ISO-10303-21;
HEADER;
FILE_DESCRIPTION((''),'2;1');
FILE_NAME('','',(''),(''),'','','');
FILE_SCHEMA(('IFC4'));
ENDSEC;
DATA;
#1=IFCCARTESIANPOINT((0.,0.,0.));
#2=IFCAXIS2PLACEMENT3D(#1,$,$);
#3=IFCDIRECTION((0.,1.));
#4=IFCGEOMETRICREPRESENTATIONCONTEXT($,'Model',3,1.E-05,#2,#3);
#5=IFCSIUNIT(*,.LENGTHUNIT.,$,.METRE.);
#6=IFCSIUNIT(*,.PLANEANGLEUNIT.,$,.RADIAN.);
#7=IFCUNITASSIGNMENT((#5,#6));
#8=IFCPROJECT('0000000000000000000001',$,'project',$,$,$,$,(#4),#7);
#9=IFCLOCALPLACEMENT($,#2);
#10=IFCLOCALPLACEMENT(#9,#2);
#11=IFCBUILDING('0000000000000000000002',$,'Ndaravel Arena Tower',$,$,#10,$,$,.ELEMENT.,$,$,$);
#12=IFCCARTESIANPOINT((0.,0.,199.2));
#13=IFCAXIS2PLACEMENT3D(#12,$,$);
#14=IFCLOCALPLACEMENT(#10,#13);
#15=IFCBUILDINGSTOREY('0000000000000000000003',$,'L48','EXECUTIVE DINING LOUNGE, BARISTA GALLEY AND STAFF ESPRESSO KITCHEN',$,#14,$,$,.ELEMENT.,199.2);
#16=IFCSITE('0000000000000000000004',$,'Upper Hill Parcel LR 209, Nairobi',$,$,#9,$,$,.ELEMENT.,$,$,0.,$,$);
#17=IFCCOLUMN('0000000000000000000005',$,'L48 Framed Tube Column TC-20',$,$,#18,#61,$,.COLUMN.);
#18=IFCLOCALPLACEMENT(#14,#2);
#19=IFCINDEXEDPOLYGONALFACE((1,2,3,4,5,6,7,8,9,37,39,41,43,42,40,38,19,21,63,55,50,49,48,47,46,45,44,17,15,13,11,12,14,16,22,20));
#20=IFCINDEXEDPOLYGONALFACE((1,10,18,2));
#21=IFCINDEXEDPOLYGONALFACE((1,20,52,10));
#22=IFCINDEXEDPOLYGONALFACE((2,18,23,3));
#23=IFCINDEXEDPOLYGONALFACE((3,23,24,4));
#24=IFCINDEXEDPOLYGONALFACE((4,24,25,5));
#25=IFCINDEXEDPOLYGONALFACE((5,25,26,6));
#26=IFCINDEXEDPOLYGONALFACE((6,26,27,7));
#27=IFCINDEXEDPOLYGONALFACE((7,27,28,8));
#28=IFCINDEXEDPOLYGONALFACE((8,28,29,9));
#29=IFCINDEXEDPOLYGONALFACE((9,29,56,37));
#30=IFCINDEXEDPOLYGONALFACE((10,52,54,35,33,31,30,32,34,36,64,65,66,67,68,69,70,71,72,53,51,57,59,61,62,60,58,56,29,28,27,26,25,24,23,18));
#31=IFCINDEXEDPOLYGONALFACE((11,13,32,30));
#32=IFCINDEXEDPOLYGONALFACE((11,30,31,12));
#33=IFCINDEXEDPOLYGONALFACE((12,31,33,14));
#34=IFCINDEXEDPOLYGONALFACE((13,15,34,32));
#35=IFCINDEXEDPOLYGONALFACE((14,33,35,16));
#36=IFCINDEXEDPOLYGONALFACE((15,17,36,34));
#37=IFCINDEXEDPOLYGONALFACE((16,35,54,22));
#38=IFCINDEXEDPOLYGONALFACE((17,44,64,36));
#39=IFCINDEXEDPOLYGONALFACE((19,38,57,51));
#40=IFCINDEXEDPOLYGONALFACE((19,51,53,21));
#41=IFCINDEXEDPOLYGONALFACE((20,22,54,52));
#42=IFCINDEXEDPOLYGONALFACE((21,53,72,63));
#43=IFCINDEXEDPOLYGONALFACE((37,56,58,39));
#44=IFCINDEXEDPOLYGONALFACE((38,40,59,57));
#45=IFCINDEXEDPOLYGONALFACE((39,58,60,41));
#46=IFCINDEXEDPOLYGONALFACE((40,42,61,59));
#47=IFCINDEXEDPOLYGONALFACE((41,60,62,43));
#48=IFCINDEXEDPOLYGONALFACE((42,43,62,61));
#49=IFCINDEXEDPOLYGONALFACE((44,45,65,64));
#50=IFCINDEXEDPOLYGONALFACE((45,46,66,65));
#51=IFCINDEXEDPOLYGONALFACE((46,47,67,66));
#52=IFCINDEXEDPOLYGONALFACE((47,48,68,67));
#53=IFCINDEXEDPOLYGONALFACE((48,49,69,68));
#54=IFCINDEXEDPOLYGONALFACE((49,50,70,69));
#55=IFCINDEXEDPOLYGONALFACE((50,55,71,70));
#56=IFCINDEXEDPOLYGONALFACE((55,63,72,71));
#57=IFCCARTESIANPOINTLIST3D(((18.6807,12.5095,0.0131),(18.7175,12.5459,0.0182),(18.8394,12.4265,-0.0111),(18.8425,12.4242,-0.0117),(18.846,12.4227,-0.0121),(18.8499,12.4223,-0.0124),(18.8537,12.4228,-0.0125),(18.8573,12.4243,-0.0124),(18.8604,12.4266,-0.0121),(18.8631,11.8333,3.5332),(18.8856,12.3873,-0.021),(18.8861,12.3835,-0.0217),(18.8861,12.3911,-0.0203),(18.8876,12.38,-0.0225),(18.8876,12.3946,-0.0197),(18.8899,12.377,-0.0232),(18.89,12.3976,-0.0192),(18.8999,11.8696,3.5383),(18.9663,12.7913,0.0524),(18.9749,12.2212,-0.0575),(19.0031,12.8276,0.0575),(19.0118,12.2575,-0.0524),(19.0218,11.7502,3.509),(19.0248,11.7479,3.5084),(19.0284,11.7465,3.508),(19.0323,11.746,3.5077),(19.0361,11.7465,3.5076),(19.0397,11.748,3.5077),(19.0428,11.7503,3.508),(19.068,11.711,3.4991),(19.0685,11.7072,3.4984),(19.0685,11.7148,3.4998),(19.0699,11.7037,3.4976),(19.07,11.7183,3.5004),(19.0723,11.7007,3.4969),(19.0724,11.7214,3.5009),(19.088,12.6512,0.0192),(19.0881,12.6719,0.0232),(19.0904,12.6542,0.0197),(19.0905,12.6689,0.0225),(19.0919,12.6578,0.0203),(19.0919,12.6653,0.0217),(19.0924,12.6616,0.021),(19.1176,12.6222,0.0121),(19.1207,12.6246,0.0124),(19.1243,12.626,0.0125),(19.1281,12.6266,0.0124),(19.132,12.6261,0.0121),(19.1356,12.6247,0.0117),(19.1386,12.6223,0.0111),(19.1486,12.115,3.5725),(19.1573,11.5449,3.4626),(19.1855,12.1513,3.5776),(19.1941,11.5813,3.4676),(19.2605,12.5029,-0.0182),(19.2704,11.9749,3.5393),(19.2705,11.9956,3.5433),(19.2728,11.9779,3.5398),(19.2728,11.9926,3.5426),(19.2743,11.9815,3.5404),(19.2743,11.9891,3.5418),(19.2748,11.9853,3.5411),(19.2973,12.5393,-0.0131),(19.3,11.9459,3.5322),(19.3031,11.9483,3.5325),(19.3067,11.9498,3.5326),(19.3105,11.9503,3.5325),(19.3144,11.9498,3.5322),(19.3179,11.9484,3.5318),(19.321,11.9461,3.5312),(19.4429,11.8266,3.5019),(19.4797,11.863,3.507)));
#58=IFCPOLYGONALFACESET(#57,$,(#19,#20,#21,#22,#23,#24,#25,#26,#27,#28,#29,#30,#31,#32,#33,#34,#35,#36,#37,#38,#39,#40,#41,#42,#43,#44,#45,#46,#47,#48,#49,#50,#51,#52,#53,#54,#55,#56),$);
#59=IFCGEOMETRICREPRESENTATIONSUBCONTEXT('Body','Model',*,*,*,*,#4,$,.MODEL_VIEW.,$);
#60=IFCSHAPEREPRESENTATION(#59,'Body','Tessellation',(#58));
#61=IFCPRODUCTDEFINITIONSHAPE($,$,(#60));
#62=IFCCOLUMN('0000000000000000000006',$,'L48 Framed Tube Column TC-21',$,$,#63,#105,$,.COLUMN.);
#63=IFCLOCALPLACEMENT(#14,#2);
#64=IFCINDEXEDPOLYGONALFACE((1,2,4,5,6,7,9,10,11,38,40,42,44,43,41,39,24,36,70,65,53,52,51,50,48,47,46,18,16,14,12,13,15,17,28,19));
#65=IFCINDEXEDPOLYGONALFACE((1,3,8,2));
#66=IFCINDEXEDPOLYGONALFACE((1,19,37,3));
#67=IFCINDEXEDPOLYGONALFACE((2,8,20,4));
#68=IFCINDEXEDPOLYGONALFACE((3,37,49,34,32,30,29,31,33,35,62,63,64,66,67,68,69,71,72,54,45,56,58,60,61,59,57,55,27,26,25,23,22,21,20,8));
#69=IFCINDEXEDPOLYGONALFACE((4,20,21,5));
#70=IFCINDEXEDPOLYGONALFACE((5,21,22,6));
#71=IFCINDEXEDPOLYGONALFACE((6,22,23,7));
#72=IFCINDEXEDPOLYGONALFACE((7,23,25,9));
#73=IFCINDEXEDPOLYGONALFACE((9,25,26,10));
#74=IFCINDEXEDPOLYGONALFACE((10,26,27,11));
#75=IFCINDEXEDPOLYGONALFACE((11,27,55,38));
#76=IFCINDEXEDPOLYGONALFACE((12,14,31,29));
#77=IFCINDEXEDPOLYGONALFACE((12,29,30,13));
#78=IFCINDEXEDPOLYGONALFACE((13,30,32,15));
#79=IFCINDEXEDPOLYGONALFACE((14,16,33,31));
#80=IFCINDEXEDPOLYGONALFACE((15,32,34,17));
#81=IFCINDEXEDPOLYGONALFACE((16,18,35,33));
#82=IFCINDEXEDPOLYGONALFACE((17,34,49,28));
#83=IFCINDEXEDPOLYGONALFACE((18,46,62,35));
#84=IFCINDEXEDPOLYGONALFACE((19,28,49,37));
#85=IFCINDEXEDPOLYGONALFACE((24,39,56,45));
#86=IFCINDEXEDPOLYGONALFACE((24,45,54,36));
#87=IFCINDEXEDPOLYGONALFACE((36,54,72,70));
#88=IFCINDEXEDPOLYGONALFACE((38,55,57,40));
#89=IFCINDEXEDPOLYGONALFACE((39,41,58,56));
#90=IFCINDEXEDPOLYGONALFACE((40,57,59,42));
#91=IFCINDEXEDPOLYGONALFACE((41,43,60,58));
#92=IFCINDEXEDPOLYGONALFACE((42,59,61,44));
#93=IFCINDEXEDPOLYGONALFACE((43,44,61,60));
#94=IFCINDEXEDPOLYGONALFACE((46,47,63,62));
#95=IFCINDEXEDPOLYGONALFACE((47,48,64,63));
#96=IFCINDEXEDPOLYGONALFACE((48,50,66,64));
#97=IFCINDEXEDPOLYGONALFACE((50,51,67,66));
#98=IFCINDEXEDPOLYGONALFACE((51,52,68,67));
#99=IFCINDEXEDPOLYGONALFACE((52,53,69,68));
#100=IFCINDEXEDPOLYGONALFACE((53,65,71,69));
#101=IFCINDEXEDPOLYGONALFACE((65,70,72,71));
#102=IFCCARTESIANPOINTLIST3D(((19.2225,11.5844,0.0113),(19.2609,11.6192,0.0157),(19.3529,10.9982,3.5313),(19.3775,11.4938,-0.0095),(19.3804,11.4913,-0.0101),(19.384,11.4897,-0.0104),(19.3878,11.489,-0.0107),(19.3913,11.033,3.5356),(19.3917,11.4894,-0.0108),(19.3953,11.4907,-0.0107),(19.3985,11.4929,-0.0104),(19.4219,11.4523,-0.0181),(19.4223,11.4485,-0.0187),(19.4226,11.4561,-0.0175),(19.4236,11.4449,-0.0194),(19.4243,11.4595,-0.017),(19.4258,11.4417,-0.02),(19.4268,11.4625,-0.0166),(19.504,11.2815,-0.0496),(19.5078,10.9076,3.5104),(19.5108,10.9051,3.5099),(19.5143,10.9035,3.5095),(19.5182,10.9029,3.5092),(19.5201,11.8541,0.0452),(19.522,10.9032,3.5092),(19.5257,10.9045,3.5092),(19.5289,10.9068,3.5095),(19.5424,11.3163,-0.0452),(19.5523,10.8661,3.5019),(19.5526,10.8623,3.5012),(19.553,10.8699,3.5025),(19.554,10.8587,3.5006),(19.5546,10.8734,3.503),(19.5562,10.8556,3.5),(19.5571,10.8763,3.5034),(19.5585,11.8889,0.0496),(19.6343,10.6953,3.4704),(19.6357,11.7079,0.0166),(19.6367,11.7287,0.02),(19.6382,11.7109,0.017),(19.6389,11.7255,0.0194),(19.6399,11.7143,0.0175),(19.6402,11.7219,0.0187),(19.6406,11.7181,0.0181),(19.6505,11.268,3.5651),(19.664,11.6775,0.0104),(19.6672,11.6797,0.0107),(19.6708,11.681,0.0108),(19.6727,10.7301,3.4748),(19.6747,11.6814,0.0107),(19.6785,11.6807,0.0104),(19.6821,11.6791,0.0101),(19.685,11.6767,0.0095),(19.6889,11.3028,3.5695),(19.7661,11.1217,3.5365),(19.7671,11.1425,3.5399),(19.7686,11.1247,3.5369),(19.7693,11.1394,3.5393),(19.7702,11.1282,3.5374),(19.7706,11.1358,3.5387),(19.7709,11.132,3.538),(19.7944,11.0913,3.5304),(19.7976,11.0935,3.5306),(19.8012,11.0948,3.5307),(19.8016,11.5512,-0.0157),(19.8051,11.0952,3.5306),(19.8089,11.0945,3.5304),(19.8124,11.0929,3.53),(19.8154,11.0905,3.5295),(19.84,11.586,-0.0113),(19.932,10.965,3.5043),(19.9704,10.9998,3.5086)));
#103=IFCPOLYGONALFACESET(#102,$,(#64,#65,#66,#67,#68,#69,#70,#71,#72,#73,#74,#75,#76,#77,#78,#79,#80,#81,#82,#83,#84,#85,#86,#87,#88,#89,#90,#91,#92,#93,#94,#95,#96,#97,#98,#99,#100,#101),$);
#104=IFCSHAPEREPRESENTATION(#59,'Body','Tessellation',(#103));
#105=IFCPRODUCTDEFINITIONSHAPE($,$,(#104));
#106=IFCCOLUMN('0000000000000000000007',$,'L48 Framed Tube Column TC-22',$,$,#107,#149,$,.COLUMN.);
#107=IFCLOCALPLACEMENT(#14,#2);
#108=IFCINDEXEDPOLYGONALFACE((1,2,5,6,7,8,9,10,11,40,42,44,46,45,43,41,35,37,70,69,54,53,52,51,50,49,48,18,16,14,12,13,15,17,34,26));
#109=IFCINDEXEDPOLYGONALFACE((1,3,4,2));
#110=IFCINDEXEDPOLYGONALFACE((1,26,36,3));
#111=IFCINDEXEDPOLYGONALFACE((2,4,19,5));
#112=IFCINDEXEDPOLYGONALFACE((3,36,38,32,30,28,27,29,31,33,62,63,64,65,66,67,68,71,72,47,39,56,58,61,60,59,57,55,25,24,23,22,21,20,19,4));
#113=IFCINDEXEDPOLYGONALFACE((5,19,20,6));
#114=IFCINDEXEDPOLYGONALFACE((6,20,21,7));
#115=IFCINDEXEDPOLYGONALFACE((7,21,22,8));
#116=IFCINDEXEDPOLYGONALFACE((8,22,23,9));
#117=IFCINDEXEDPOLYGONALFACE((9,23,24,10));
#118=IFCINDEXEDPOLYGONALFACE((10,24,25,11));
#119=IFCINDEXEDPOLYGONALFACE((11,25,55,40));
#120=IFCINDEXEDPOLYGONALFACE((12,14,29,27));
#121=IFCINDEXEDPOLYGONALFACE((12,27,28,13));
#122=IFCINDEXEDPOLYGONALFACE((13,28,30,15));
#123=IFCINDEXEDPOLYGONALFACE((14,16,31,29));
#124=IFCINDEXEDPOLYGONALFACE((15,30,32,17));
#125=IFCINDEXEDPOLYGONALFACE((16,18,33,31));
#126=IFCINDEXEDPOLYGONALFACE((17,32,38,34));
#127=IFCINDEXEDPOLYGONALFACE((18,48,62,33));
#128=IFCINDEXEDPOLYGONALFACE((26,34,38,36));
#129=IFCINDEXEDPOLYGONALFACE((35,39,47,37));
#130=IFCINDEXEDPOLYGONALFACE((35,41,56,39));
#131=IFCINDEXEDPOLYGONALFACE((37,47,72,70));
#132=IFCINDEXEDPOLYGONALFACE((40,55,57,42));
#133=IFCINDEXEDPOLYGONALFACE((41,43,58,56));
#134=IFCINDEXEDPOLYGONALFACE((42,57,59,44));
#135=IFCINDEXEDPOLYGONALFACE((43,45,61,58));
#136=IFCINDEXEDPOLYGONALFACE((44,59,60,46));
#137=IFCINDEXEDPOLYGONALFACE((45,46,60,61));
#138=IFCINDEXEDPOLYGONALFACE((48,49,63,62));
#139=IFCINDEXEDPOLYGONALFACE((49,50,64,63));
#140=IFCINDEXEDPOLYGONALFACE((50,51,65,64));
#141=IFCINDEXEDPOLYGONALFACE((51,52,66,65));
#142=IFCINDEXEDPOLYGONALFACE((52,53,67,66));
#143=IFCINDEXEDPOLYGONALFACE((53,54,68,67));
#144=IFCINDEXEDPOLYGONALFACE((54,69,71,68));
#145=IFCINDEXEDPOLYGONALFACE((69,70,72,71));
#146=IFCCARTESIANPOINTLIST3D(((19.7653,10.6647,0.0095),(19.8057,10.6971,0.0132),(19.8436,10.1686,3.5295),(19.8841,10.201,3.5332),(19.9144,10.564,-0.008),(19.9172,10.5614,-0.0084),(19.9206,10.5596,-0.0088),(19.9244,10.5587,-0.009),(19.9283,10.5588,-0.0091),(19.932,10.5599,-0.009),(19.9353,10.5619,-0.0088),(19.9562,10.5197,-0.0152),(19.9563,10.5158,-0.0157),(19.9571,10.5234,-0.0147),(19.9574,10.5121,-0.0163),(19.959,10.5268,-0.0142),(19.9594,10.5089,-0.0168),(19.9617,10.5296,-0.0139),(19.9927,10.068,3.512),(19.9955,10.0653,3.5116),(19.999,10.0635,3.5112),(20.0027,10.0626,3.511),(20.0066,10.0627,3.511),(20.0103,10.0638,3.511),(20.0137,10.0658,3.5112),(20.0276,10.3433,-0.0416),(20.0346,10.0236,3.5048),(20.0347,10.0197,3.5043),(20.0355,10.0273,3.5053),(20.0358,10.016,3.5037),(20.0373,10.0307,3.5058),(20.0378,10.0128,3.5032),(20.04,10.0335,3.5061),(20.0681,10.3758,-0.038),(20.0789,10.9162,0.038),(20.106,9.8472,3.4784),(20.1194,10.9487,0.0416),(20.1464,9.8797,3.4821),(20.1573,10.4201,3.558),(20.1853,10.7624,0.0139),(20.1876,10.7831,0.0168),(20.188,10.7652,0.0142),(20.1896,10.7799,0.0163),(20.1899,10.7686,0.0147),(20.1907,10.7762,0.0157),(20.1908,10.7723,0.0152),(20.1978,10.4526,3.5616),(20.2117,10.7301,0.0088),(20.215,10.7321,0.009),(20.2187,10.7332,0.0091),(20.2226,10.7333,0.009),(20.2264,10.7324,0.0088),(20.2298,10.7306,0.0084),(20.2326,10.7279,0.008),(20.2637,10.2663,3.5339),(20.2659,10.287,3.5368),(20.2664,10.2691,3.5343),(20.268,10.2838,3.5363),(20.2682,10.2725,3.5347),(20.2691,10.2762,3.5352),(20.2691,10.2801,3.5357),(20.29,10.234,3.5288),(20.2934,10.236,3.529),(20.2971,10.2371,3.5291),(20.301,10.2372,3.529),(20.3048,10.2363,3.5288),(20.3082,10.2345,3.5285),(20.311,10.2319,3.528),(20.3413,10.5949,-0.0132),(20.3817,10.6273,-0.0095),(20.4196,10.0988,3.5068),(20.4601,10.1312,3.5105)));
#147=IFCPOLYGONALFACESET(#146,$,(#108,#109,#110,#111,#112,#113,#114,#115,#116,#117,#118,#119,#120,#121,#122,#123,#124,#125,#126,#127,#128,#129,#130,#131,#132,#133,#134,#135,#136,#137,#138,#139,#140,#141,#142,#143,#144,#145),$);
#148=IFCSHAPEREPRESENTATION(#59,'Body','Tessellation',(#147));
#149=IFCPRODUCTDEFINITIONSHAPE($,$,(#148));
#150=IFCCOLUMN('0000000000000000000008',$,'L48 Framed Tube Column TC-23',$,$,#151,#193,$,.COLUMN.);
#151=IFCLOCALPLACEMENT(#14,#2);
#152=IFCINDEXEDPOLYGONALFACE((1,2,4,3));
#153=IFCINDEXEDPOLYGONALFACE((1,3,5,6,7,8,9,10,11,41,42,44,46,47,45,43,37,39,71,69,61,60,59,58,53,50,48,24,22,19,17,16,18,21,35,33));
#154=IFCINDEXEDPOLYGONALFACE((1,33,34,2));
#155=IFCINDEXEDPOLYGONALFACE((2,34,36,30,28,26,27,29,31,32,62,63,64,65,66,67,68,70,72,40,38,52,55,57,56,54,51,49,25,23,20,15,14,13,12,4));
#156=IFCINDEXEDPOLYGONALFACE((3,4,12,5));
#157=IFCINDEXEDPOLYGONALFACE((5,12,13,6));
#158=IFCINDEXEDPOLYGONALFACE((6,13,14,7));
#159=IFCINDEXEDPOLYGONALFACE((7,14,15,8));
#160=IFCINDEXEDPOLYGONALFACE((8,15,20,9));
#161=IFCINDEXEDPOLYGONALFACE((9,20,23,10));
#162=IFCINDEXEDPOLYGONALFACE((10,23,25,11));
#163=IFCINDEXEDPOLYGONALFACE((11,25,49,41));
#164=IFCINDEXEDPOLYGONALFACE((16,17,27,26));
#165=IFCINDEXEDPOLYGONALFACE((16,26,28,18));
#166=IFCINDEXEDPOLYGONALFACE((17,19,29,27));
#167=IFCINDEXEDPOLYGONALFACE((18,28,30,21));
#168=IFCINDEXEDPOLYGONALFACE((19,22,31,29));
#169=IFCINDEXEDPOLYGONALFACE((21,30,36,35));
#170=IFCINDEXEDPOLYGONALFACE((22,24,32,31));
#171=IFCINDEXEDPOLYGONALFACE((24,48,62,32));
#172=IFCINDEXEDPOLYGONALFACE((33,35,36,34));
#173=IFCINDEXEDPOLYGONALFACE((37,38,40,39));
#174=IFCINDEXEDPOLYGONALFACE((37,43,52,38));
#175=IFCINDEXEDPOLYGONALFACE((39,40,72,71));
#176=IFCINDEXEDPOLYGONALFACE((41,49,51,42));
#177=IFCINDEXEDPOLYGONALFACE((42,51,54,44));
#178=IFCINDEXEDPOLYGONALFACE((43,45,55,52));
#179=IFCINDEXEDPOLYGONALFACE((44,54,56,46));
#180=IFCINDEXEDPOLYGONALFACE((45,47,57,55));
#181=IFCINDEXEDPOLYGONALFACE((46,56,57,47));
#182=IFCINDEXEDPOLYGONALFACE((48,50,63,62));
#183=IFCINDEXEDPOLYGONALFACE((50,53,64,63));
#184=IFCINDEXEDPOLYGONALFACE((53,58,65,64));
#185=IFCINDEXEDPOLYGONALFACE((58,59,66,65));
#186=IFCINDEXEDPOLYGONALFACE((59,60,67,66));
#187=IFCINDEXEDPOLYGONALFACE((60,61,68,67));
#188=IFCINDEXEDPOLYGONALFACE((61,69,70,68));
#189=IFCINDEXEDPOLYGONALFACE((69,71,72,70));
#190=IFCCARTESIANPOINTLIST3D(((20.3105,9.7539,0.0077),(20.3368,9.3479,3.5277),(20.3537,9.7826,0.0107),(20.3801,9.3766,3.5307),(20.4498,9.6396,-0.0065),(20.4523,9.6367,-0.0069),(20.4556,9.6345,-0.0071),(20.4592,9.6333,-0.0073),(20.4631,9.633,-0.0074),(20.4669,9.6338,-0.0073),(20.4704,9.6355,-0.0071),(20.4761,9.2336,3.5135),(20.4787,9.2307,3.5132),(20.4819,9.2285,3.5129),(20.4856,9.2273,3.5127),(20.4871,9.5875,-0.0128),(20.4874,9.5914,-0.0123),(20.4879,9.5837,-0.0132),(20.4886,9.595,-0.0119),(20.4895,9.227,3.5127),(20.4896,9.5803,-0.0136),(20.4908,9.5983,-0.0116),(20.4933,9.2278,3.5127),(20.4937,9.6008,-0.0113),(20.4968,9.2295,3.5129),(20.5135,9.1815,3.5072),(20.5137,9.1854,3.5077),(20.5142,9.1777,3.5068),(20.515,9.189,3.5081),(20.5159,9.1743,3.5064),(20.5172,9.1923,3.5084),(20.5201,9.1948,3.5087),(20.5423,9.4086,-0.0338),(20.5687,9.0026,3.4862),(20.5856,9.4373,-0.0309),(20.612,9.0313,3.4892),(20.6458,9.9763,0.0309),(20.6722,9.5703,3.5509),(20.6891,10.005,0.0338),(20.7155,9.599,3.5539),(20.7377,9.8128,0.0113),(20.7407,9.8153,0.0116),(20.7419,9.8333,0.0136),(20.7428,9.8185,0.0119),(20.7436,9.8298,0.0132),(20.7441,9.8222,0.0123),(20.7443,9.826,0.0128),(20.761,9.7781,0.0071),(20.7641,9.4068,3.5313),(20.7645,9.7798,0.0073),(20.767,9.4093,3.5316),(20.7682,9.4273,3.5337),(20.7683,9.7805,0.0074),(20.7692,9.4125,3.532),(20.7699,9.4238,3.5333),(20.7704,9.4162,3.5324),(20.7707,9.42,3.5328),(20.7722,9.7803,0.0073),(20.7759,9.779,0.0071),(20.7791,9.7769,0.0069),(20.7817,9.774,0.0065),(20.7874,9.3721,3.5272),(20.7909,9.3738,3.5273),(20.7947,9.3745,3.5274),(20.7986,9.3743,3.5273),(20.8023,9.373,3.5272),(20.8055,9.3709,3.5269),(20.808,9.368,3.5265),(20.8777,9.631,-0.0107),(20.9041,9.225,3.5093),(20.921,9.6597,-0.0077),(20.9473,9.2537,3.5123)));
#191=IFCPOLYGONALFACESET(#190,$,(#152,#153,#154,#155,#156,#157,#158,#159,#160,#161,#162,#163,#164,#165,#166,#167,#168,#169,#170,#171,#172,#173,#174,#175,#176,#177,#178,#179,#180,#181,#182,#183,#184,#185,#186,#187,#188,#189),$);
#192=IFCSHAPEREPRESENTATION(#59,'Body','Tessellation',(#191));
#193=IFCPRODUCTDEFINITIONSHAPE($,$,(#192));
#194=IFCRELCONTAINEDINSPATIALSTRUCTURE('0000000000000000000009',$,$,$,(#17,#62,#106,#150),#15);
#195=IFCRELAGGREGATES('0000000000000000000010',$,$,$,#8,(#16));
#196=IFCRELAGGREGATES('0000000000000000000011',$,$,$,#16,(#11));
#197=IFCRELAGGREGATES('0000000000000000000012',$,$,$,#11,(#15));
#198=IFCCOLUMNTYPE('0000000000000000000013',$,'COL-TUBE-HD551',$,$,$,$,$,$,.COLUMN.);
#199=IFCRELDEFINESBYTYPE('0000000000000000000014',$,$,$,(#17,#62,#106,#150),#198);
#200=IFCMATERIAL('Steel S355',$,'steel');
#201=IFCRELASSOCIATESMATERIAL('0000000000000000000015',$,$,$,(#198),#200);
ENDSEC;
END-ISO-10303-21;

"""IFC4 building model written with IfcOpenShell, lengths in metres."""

from ifc_helpers import new_model, si_unit, direction, frame, origin, origin_2d, place, context, subcontext, project, spatial, i_section, extrude, material, material_profile, profile_set, type_object, element, save


model = new_model("IFC4")

# Units and contexts
model_context = context("Model", 3, precision=1e-05, world=origin(), true_north=direction((0.0, 1.0)))
body_context = subcontext(model_context, "Body", "Model", "MODEL_VIEW")
ifc_project = project(units=[si_unit("LENGTHUNIT", "METRE"), si_unit("PLANEANGLEUNIT", "RADIAN")], contexts=[model_context])

# Site, building, storey
site_placement = place(None, origin())
site = spatial("IfcSite", under=ifc_project, at=site_placement, Name="Upper Hill Parcel LR 209, Nairobi", CompositionType="ELEMENT", RefElevation=0.0)
building_placement = place(site_placement, origin())
building = spatial("IfcBuilding", under=site, at=building_placement, Name="Ndaravel Arena Tower", CompositionType="ELEMENT")
storey_placement = place(building_placement, frame((0.0, 0.0, 199.2)))
storey = spatial("IfcBuildingStorey", under=building, at=storey_placement, Name="L48", Description="EXECUTIVE DINING LOUNGE, BARISTA GALLEY AND STAFF ESPRESSO KITCHEN", CompositionType="ELEMENT", Elevation=199.2)

# Columns
ifc_material_1 = material(Name="Steel S355", Category="steel")
ifc_material_profile_1 = material_profile(ifc_material_1, i_section(OverallWidth=0.418, OverallDepth=0.4551, WebThickness=0.042, FlangeThickness=0.052, FilletRadius=0.0149, at=origin_2d()), Name="HD 400x551")
ifc_profile_set_1 = profile_set([ifc_material_profile_1], Name="Steel S355")
column_type = type_object("IfcColumnType", Name="COL-TUBE-HD551", PredefinedType="COLUMN", material=ifc_profile_set_1)
column_1_placement = place(storey_placement, frame((18.989, 12.5244, 0.0), z_axis=(0.050814, -0.188427, 0.980772), x_axis=(-0.703908, 0.68989, 0.169012)))
element("IfcColumn", 1, at=column_1_placement, inside=storey, type_object=column_type, Name="L48 Framed Tube Column TC-20", PredefinedType="COLUMN", context=body_context, shape_type="SweptSolid", body=[
    extrude(i_section(OverallWidth=0.418, OverallDepth=0.4551, WebThickness=0.042, FlangeThickness=0.052, FilletRadius=0.0149, at=origin_2d()), origin(), (0.0, 0.0, 1.0), 3.5891),
])
column_2_placement = place(storey_placement, frame((19.5312, 11.5852, 0.0), z_axis=(0.03651, -0.164156, 0.985758), x_axis=(-0.673413, 0.724779, 0.145637)))
element("IfcColumn", 2, at=column_2_placement, inside=storey, type_object=column_type, Name="L48 Framed Tube Column TC-21", PredefinedType="COLUMN", context=body_context, shape_type="SweptSolid", body=[
    extrude(i_section(OverallWidth=0.418, OverallDepth=0.4551, WebThickness=0.042, FlangeThickness=0.052, FilletRadius=0.0149, at=origin_2d()), origin(), (0.0, 0.0, 1.0), 3.5708),
])
column_3_placement = place(storey_placement, frame((20.0735, 10.646, 0.0), z_axis=(0.022041, -0.139522, 0.989974), x_axis=(-0.627653, 0.768822, 0.122328)))
element("IfcColumn", 3, at=column_3_placement, inside=storey, type_object=column_type, Name="L48 Framed Tube Column TC-22", PredefinedType="COLUMN", context=body_context, shape_type="SweptSolid", body=[
    extrude(i_section(OverallWidth=0.418, OverallDepth=0.4551, WebThickness=0.042, FlangeThickness=0.052, FilletRadius=0.0149, at=origin_2d()), origin(), (0.0, 0.0, 1.0), 3.5557),
])
column_4_placement = place(storey_placement, frame((20.6157, 9.7068, 0.0), z_axis=(0.007441, -0.114579, 0.993386), x_axis=(-0.554702, 0.826086, 0.099437)))
element("IfcColumn", 4, at=column_4_placement, inside=storey, type_object=column_type, Name="L48 Framed Tube Column TC-23", PredefinedType="COLUMN", context=body_context, shape_type="SweptSolid", body=[
    extrude(i_section(OverallWidth=0.418, OverallDepth=0.4551, WebThickness=0.042, FlangeThickness=0.052, FilletRadius=0.0149, at=origin_2d()), origin(), (0.0, 0.0, 1.0), 3.5435),
])

save(model, "model.ifc")
